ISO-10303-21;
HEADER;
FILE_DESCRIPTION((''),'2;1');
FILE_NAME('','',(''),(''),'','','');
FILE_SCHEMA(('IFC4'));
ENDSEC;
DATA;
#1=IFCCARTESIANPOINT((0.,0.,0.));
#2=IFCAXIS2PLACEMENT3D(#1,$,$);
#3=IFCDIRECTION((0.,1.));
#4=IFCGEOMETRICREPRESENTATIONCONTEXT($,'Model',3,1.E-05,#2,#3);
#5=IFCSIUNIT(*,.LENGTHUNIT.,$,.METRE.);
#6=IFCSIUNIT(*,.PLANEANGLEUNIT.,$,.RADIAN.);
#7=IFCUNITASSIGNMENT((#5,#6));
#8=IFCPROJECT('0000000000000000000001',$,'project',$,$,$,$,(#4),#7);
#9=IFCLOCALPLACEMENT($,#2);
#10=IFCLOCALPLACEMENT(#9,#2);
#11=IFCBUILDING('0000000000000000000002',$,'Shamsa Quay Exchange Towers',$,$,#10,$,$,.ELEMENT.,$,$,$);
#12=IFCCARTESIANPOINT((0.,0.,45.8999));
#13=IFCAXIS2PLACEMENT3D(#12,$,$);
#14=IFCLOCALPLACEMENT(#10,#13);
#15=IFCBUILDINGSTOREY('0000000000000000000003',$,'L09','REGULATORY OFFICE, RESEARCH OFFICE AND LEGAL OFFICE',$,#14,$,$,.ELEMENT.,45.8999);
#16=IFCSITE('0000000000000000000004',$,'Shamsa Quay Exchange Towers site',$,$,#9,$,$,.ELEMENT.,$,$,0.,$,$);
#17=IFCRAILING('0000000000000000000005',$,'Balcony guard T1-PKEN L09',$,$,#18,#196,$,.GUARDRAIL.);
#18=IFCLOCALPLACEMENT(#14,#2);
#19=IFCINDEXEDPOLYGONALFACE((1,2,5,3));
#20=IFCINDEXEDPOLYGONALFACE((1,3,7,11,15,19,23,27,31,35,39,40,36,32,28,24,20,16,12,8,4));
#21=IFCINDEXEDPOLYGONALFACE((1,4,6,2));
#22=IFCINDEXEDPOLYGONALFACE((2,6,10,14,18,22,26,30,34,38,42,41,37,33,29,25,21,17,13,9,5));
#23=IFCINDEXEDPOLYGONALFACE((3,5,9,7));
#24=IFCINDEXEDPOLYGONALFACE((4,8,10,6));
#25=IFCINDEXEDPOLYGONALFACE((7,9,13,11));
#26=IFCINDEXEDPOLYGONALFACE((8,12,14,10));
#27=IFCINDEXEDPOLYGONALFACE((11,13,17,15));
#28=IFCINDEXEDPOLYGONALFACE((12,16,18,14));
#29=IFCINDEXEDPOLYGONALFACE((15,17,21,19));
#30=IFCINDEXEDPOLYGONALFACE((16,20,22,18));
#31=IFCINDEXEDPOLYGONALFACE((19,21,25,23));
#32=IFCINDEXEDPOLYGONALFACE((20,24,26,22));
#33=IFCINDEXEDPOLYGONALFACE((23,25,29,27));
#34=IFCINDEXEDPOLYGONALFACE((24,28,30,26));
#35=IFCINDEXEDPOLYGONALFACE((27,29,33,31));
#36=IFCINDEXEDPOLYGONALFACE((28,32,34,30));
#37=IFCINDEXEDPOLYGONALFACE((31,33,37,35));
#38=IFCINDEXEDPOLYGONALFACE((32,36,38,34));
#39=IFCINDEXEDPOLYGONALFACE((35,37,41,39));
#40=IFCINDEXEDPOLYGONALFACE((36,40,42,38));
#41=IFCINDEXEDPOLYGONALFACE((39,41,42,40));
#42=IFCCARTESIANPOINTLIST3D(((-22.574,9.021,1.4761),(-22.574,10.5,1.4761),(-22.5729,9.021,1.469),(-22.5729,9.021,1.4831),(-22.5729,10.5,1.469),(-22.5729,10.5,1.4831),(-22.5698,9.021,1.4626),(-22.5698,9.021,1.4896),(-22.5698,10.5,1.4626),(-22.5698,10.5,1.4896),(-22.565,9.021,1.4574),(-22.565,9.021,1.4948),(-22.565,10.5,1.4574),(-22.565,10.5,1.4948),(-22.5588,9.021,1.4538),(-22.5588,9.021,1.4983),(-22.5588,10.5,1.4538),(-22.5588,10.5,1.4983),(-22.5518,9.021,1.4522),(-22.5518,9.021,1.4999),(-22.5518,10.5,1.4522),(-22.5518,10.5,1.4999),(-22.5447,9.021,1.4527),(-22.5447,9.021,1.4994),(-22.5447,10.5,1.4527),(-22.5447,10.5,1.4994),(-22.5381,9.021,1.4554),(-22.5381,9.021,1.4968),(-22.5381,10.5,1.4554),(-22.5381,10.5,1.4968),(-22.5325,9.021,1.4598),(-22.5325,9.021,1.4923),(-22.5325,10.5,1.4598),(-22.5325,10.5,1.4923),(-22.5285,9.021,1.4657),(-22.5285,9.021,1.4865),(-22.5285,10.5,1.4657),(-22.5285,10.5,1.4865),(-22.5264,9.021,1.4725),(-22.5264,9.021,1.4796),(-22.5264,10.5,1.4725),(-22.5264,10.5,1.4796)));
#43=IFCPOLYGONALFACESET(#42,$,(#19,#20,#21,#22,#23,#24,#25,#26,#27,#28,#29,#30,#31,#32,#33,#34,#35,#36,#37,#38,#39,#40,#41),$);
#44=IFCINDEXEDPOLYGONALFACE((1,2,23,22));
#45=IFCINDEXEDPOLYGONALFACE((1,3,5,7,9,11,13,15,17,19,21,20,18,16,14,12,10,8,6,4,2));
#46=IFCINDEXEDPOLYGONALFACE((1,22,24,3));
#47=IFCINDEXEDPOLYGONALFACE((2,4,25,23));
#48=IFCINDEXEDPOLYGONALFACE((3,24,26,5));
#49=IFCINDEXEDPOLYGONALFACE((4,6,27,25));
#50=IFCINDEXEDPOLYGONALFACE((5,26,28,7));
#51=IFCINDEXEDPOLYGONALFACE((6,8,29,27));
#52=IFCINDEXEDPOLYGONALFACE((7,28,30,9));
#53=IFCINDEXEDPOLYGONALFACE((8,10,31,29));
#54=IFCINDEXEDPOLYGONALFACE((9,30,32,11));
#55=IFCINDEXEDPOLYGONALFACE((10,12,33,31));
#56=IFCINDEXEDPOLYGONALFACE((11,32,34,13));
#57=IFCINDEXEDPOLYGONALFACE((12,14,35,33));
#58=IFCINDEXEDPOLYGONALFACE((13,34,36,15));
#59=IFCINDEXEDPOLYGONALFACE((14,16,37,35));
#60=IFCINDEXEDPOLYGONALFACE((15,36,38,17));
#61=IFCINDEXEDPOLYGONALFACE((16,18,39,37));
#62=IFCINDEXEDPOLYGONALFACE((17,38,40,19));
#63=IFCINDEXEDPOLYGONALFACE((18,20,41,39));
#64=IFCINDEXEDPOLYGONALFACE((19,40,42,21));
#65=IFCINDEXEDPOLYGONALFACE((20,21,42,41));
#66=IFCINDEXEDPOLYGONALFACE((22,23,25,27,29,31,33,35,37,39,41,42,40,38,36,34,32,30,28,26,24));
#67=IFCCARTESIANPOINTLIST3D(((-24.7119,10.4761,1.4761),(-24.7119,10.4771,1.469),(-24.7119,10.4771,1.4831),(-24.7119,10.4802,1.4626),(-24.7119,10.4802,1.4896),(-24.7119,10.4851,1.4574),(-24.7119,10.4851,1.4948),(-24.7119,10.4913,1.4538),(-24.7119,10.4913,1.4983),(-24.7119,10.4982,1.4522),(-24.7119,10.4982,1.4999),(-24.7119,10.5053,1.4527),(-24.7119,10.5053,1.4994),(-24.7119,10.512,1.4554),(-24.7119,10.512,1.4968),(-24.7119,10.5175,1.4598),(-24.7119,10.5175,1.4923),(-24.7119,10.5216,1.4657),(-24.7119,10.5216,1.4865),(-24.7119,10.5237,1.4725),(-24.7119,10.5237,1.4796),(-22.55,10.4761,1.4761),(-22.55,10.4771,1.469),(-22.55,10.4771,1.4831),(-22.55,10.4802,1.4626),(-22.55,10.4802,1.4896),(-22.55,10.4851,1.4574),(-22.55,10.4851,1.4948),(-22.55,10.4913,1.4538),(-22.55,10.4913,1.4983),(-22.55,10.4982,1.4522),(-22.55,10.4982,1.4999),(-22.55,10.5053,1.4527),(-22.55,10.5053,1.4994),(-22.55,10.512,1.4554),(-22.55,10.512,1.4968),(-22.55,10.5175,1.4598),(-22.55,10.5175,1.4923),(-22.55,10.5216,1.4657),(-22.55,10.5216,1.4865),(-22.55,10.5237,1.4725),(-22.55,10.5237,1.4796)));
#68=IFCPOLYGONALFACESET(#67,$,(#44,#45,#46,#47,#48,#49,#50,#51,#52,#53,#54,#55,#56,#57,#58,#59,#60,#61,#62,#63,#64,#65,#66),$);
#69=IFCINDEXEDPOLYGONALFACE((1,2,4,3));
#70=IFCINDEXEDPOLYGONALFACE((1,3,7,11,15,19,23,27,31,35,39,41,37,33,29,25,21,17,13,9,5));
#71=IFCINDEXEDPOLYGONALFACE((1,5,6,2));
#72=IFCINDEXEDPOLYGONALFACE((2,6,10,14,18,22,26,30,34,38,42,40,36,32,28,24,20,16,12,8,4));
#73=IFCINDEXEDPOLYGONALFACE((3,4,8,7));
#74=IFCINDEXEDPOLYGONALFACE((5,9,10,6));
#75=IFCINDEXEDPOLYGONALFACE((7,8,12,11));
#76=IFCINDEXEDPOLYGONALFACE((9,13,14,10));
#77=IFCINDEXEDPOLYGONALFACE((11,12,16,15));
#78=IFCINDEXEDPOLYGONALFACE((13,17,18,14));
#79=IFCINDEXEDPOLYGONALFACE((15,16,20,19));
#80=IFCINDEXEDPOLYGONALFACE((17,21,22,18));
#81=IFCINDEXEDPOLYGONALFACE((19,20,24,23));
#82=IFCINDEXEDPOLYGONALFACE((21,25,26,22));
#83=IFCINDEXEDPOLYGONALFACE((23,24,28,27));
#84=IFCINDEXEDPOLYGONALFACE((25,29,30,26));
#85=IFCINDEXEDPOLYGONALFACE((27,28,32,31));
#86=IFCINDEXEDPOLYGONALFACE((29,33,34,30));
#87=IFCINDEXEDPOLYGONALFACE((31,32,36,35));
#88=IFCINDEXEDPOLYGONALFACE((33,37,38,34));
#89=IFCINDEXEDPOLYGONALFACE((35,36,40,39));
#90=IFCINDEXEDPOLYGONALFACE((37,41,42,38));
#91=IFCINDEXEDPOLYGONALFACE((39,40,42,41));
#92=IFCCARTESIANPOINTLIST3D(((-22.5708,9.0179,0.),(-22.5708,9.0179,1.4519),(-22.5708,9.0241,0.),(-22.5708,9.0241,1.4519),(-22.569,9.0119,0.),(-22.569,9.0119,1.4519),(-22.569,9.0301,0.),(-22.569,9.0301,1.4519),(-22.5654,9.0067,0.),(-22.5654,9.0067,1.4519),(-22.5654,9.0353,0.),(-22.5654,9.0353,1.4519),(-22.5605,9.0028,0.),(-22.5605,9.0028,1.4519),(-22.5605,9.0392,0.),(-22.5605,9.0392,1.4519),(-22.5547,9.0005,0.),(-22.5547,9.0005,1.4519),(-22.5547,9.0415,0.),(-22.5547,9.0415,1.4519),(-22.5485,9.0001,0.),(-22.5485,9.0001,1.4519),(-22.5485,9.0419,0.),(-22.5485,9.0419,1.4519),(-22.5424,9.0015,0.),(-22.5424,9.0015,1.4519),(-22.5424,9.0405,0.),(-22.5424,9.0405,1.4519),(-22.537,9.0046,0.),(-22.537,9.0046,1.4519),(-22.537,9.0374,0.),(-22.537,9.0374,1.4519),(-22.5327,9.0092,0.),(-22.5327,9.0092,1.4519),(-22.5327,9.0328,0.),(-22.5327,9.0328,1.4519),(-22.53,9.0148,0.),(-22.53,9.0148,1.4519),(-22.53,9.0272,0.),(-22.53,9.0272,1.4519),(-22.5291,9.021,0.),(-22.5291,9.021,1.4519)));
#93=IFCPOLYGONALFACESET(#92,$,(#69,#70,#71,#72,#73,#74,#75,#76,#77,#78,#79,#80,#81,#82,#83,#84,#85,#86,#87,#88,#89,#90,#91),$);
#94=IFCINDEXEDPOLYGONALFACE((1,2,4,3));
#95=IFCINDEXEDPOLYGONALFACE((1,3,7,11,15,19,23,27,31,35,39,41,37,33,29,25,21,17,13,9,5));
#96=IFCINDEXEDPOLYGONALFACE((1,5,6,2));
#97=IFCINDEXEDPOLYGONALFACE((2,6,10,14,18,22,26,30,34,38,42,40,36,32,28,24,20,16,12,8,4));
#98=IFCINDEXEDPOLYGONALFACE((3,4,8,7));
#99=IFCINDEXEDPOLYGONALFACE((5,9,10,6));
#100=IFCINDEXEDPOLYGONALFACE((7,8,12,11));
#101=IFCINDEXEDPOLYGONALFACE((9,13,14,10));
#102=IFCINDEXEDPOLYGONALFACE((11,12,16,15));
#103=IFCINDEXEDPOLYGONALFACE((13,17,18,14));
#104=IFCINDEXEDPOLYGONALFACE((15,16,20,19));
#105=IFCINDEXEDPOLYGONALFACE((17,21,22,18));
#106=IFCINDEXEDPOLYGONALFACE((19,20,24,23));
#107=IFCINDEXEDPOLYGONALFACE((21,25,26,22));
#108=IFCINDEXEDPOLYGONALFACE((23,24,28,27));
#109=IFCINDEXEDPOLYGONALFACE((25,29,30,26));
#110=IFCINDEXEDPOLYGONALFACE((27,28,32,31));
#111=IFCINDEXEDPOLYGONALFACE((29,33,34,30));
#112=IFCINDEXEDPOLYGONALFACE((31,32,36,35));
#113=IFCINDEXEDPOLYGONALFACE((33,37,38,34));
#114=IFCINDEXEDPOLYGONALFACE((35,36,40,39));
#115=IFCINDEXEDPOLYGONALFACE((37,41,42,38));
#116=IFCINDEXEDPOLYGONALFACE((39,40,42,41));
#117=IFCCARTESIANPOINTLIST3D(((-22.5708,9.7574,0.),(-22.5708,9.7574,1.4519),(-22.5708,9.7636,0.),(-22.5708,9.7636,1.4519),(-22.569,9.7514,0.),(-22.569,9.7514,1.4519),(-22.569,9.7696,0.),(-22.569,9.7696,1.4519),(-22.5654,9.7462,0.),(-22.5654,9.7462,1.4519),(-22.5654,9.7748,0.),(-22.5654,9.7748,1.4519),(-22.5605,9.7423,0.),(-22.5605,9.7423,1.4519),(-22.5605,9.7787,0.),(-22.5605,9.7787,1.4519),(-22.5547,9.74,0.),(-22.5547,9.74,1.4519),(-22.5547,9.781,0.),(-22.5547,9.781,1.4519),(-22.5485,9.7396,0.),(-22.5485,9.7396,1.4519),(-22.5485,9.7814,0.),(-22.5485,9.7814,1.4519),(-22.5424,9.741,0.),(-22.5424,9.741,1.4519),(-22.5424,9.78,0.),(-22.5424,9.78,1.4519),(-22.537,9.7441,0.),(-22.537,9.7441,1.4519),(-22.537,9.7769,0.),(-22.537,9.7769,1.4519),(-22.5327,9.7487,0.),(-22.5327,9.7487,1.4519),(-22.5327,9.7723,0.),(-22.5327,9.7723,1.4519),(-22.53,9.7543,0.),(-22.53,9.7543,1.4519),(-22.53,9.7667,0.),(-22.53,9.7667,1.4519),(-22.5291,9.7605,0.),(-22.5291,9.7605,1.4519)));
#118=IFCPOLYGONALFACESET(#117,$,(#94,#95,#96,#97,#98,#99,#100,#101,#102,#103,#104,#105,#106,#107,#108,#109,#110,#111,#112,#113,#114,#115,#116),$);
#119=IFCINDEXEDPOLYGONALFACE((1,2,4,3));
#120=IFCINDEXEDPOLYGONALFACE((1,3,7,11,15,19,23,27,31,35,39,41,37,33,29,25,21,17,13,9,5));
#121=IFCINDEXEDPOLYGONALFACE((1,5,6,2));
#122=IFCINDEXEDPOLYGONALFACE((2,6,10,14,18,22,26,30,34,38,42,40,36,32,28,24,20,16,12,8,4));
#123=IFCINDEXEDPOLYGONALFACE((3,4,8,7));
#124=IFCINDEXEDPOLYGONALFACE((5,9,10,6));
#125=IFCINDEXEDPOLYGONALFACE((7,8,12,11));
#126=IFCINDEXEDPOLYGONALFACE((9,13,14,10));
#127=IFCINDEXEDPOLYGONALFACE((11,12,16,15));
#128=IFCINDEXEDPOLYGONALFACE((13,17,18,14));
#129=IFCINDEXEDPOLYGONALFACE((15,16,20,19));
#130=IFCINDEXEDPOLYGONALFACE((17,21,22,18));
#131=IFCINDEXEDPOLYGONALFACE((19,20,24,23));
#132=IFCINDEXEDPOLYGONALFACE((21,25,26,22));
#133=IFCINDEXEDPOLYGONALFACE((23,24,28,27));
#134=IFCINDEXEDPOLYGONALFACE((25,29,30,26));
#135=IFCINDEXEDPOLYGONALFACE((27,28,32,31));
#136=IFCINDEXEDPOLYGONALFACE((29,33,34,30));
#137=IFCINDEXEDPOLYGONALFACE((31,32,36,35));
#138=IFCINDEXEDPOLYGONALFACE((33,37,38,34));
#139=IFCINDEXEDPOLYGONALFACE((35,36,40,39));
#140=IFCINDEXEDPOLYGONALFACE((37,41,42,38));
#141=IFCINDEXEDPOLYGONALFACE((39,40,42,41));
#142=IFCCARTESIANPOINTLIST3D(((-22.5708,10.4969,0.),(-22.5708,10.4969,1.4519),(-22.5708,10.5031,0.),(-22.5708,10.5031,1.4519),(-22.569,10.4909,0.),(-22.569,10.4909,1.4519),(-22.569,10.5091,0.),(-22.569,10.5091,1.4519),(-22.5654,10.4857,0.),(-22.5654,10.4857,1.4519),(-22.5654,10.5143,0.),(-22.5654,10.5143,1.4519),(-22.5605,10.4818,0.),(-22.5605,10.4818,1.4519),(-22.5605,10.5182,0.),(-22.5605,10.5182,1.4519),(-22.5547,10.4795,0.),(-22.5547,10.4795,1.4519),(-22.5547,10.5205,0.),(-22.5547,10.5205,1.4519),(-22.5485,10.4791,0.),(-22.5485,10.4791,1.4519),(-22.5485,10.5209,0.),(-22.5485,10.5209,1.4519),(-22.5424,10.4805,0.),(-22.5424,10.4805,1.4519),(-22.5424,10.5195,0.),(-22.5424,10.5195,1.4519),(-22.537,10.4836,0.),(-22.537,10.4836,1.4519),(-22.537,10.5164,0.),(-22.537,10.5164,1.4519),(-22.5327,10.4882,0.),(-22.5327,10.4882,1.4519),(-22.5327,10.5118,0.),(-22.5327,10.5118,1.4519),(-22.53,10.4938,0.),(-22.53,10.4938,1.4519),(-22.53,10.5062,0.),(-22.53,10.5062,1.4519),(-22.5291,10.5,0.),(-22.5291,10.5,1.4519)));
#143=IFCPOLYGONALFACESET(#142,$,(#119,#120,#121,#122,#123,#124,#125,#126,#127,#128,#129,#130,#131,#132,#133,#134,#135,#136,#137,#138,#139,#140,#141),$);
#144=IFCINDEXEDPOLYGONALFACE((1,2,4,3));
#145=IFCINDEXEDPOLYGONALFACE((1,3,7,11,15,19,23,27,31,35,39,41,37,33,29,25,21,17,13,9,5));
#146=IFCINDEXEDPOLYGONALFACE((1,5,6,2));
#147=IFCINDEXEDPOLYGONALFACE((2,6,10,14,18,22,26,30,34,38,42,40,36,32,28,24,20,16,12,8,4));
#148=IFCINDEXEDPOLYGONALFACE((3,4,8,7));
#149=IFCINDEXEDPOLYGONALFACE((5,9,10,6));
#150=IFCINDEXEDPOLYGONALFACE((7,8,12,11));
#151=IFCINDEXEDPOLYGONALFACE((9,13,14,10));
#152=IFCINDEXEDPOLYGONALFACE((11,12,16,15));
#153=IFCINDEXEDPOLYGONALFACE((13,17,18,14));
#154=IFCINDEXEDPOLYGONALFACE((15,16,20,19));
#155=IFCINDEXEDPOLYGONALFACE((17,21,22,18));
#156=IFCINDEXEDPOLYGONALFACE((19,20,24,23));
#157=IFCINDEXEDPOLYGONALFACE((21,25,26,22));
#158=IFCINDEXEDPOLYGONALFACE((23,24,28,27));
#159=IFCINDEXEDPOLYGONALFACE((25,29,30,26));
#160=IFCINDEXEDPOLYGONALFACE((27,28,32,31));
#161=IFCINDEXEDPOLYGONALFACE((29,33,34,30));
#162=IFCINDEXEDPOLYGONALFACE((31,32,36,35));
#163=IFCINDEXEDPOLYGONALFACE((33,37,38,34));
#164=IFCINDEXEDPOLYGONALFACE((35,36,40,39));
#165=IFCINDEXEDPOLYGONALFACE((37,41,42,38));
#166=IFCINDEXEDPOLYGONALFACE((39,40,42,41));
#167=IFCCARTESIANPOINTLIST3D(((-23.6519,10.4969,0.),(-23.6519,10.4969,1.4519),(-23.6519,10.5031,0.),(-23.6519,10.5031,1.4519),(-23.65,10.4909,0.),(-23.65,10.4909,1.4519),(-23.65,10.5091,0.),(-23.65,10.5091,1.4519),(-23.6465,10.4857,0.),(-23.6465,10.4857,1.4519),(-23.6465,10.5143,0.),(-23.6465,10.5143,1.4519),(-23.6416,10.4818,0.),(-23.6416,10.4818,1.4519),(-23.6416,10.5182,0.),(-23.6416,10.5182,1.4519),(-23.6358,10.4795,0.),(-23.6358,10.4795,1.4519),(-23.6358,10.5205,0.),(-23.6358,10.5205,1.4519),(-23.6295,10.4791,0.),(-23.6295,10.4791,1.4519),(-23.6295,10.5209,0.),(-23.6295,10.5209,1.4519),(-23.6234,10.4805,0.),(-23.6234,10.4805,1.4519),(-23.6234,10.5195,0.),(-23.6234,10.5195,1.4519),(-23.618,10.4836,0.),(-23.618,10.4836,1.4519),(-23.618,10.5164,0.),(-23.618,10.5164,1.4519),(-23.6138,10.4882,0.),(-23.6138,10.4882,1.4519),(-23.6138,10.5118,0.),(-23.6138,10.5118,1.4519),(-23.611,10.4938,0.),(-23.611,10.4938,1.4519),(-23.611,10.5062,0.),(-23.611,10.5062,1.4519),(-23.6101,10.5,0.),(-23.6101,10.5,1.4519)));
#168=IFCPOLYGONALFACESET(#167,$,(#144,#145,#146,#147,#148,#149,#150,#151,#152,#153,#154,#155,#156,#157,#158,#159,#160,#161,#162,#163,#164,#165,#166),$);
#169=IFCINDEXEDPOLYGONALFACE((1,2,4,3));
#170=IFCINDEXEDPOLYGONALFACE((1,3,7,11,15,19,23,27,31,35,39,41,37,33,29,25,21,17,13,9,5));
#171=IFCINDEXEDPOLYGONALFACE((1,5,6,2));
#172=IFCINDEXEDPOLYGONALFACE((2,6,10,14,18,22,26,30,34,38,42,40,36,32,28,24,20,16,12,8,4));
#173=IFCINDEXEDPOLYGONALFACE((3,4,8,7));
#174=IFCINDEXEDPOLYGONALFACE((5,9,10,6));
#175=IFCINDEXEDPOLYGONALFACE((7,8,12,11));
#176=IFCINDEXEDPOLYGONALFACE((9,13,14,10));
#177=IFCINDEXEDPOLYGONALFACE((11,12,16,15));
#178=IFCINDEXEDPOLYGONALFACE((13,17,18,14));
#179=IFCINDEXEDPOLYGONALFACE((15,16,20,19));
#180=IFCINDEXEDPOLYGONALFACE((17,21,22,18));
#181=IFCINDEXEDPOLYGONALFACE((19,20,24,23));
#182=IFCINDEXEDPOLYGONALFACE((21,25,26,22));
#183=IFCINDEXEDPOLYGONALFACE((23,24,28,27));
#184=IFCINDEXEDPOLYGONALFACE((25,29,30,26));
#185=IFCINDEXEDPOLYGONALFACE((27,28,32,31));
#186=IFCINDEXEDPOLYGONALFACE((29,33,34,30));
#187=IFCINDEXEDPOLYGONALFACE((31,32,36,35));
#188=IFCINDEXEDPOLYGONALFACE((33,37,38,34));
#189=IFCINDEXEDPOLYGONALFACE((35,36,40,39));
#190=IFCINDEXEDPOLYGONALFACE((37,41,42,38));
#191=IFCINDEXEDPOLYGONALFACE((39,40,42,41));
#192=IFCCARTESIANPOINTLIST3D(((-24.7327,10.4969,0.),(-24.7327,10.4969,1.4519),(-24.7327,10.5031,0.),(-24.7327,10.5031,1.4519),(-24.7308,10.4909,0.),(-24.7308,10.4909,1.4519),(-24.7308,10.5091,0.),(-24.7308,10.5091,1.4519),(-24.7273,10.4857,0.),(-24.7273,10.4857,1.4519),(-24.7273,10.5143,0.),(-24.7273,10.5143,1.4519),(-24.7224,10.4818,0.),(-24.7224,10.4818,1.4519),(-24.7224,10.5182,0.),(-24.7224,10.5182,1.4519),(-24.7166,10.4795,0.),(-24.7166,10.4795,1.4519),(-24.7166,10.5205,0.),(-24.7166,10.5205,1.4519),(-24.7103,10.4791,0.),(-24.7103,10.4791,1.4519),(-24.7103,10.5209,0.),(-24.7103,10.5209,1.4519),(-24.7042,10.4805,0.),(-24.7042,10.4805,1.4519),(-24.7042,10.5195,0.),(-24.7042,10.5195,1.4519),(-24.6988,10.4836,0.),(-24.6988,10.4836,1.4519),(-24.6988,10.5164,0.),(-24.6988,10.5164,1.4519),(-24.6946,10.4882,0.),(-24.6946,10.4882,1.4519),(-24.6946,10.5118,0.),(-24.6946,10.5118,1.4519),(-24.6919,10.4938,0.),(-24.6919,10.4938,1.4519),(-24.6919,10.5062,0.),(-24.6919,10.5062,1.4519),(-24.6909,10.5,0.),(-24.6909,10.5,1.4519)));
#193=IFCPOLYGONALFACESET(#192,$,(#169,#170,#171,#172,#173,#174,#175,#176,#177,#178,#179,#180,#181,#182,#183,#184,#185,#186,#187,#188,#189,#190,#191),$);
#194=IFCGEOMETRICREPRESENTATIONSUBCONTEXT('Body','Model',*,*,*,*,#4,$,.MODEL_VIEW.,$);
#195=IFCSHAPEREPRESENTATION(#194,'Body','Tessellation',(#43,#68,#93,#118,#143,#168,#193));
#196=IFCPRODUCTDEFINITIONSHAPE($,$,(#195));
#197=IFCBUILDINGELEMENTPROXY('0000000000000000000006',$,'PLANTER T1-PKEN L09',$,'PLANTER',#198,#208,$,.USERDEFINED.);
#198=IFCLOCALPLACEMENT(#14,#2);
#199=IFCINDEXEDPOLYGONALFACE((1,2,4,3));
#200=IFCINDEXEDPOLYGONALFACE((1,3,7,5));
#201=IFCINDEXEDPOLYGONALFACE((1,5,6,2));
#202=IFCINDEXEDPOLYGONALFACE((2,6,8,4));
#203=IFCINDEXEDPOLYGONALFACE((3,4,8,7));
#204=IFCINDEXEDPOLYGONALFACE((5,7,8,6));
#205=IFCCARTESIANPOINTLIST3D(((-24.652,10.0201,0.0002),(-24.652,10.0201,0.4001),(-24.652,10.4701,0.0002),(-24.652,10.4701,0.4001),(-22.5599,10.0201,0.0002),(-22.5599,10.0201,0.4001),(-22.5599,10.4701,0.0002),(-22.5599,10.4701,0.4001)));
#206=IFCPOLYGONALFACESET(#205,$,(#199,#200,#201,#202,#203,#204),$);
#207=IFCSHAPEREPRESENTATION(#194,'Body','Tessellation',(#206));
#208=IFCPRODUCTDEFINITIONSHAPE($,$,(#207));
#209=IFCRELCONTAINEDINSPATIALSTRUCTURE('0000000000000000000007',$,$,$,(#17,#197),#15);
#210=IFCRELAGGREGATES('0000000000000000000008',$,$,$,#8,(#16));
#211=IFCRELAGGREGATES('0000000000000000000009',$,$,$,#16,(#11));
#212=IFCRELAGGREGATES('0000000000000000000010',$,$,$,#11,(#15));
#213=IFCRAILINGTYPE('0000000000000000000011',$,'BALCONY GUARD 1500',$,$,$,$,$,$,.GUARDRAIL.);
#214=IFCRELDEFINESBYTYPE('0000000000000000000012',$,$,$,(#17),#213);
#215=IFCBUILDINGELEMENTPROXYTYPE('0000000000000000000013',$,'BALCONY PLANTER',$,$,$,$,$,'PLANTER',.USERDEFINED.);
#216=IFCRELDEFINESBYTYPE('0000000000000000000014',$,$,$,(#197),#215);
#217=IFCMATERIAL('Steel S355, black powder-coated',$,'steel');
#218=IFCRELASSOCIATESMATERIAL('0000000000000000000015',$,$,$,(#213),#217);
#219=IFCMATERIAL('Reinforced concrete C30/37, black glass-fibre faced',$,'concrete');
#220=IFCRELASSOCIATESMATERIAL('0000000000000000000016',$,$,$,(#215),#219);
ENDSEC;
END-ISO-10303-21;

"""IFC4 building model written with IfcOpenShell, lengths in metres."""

from ifc_helpers import new_model, si_unit, direction, frame, origin, origin_2d, place, context, subcontext, project, spatial, rectangle, circle, extrude, material, type_object, element, save


model = new_model("IFC4")

# Units and contexts
model_context = context("Model", 3, precision=1e-05, world=origin(), true_north=direction((0.0, 1.0)))
body_context = subcontext(model_context, "Body", "Model", "MODEL_VIEW")
ifc_project = project(units=[si_unit("LENGTHUNIT", "METRE"), si_unit("PLANEANGLEUNIT", "RADIAN")], contexts=[model_context])

# Site, building, storey
site_placement = place(None, origin())
site = spatial("IfcSite", under=ifc_project, at=site_placement, Name="Shamsa Quay Exchange Towers site", CompositionType="ELEMENT", RefElevation=0.0)
building_placement = place(site_placement, origin())
building = spatial("IfcBuilding", under=site, at=building_placement, Name="Shamsa Quay Exchange Towers", CompositionType="ELEMENT")
storey_placement = place(building_placement, frame((0.0, 0.0, 45.8999)))
storey = spatial("IfcBuildingStorey", under=building, at=storey_placement, Name="L09", Description="REGULATORY OFFICE, RESEARCH OFFICE AND LEGAL OFFICE", CompositionType="ELEMENT", Elevation=45.8999)

# Railing
ifc_material_1 = material(Name="Steel S355, black powder-coated", Category="steel")
railing_type = type_object("IfcRailingType", Name="BALCONY GUARD 1500", PredefinedType="GUARDRAIL", material=ifc_material_1)
railing_placement = place(storey_placement, frame((-22.55, 9.021, 0.0)))
element("IfcRailing", 1, at=railing_placement, inside=storey, type_object=railing_type, Name="Balcony guard T1-PKEN L09", PredefinedType="GUARDRAIL", context=body_context, shape_type="SweptSolid", body=[
    extrude(circle(Radius=0.0239, at=origin_2d()), frame((0.0, 0.0, 1.4761), z_axis=(0.0, 1.0, 0.0), x_axis=(-1.0, 0.0, 0.0)), (0.0, 0.0, 1.0), 1.479),
    extrude(circle(Radius=0.0239, at=origin_2d()), frame((0.0, 1.479, 1.4761), z_axis=(-1.0, 0.0, 0.0), x_axis=(0.0, -1.0, 0.0)), (0.0, 0.0, 1.0), 2.1619),
    extrude(circle(Radius=0.021, at=origin_2d()), origin(), (0.0, 0.0, 1.0), 1.4519),
    extrude(circle(Radius=0.021, at=origin_2d()), frame((0.0, 0.7395, 0.0)), (0.0, 0.0, 1.0), 1.4519),
    extrude(circle(Radius=0.021, at=origin_2d()), frame((0.0, 1.479, 0.0)), (0.0, 0.0, 1.0), 1.4519),
    extrude(circle(Radius=0.021, at=origin_2d()), frame((-1.0811, 1.479, 0.0)), (0.0, 0.0, 1.0), 1.4519),
    extrude(circle(Radius=0.021, at=origin_2d()), frame((-2.1619, 1.479, 0.0)), (0.0, 0.0, 1.0), 1.4519),
])

# Building element proxy
ifc_material_2 = material(Name="Reinforced concrete C30/37, black glass-fibre faced", Category="concrete")
building_element_proxy_type = type_object("IfcBuildingElementProxyType", Name="BALCONY PLANTER", ElementType="PLANTER", PredefinedType="USERDEFINED", material=ifc_material_2)
proxy_placement = place(storey_placement, frame((-23.606, 10.2451, 0.0002), z_axis=(0.0, 0.0, 1.0), x_axis=(-1.0, 0.0, 0.0)))
element("IfcBuildingElementProxy", 2, at=proxy_placement, inside=storey, type_object=building_element_proxy_type, Name="PLANTER T1-PKEN L09", ObjectType="PLANTER", PredefinedType="USERDEFINED", context=body_context, shape_type="SweptSolid", body=[
    extrude(rectangle(XDim=2.092, YDim=0.45, at=origin_2d()), origin(), (0.0, 0.0, 1.0), 0.3999),
])

save(model, "model.ifc")
